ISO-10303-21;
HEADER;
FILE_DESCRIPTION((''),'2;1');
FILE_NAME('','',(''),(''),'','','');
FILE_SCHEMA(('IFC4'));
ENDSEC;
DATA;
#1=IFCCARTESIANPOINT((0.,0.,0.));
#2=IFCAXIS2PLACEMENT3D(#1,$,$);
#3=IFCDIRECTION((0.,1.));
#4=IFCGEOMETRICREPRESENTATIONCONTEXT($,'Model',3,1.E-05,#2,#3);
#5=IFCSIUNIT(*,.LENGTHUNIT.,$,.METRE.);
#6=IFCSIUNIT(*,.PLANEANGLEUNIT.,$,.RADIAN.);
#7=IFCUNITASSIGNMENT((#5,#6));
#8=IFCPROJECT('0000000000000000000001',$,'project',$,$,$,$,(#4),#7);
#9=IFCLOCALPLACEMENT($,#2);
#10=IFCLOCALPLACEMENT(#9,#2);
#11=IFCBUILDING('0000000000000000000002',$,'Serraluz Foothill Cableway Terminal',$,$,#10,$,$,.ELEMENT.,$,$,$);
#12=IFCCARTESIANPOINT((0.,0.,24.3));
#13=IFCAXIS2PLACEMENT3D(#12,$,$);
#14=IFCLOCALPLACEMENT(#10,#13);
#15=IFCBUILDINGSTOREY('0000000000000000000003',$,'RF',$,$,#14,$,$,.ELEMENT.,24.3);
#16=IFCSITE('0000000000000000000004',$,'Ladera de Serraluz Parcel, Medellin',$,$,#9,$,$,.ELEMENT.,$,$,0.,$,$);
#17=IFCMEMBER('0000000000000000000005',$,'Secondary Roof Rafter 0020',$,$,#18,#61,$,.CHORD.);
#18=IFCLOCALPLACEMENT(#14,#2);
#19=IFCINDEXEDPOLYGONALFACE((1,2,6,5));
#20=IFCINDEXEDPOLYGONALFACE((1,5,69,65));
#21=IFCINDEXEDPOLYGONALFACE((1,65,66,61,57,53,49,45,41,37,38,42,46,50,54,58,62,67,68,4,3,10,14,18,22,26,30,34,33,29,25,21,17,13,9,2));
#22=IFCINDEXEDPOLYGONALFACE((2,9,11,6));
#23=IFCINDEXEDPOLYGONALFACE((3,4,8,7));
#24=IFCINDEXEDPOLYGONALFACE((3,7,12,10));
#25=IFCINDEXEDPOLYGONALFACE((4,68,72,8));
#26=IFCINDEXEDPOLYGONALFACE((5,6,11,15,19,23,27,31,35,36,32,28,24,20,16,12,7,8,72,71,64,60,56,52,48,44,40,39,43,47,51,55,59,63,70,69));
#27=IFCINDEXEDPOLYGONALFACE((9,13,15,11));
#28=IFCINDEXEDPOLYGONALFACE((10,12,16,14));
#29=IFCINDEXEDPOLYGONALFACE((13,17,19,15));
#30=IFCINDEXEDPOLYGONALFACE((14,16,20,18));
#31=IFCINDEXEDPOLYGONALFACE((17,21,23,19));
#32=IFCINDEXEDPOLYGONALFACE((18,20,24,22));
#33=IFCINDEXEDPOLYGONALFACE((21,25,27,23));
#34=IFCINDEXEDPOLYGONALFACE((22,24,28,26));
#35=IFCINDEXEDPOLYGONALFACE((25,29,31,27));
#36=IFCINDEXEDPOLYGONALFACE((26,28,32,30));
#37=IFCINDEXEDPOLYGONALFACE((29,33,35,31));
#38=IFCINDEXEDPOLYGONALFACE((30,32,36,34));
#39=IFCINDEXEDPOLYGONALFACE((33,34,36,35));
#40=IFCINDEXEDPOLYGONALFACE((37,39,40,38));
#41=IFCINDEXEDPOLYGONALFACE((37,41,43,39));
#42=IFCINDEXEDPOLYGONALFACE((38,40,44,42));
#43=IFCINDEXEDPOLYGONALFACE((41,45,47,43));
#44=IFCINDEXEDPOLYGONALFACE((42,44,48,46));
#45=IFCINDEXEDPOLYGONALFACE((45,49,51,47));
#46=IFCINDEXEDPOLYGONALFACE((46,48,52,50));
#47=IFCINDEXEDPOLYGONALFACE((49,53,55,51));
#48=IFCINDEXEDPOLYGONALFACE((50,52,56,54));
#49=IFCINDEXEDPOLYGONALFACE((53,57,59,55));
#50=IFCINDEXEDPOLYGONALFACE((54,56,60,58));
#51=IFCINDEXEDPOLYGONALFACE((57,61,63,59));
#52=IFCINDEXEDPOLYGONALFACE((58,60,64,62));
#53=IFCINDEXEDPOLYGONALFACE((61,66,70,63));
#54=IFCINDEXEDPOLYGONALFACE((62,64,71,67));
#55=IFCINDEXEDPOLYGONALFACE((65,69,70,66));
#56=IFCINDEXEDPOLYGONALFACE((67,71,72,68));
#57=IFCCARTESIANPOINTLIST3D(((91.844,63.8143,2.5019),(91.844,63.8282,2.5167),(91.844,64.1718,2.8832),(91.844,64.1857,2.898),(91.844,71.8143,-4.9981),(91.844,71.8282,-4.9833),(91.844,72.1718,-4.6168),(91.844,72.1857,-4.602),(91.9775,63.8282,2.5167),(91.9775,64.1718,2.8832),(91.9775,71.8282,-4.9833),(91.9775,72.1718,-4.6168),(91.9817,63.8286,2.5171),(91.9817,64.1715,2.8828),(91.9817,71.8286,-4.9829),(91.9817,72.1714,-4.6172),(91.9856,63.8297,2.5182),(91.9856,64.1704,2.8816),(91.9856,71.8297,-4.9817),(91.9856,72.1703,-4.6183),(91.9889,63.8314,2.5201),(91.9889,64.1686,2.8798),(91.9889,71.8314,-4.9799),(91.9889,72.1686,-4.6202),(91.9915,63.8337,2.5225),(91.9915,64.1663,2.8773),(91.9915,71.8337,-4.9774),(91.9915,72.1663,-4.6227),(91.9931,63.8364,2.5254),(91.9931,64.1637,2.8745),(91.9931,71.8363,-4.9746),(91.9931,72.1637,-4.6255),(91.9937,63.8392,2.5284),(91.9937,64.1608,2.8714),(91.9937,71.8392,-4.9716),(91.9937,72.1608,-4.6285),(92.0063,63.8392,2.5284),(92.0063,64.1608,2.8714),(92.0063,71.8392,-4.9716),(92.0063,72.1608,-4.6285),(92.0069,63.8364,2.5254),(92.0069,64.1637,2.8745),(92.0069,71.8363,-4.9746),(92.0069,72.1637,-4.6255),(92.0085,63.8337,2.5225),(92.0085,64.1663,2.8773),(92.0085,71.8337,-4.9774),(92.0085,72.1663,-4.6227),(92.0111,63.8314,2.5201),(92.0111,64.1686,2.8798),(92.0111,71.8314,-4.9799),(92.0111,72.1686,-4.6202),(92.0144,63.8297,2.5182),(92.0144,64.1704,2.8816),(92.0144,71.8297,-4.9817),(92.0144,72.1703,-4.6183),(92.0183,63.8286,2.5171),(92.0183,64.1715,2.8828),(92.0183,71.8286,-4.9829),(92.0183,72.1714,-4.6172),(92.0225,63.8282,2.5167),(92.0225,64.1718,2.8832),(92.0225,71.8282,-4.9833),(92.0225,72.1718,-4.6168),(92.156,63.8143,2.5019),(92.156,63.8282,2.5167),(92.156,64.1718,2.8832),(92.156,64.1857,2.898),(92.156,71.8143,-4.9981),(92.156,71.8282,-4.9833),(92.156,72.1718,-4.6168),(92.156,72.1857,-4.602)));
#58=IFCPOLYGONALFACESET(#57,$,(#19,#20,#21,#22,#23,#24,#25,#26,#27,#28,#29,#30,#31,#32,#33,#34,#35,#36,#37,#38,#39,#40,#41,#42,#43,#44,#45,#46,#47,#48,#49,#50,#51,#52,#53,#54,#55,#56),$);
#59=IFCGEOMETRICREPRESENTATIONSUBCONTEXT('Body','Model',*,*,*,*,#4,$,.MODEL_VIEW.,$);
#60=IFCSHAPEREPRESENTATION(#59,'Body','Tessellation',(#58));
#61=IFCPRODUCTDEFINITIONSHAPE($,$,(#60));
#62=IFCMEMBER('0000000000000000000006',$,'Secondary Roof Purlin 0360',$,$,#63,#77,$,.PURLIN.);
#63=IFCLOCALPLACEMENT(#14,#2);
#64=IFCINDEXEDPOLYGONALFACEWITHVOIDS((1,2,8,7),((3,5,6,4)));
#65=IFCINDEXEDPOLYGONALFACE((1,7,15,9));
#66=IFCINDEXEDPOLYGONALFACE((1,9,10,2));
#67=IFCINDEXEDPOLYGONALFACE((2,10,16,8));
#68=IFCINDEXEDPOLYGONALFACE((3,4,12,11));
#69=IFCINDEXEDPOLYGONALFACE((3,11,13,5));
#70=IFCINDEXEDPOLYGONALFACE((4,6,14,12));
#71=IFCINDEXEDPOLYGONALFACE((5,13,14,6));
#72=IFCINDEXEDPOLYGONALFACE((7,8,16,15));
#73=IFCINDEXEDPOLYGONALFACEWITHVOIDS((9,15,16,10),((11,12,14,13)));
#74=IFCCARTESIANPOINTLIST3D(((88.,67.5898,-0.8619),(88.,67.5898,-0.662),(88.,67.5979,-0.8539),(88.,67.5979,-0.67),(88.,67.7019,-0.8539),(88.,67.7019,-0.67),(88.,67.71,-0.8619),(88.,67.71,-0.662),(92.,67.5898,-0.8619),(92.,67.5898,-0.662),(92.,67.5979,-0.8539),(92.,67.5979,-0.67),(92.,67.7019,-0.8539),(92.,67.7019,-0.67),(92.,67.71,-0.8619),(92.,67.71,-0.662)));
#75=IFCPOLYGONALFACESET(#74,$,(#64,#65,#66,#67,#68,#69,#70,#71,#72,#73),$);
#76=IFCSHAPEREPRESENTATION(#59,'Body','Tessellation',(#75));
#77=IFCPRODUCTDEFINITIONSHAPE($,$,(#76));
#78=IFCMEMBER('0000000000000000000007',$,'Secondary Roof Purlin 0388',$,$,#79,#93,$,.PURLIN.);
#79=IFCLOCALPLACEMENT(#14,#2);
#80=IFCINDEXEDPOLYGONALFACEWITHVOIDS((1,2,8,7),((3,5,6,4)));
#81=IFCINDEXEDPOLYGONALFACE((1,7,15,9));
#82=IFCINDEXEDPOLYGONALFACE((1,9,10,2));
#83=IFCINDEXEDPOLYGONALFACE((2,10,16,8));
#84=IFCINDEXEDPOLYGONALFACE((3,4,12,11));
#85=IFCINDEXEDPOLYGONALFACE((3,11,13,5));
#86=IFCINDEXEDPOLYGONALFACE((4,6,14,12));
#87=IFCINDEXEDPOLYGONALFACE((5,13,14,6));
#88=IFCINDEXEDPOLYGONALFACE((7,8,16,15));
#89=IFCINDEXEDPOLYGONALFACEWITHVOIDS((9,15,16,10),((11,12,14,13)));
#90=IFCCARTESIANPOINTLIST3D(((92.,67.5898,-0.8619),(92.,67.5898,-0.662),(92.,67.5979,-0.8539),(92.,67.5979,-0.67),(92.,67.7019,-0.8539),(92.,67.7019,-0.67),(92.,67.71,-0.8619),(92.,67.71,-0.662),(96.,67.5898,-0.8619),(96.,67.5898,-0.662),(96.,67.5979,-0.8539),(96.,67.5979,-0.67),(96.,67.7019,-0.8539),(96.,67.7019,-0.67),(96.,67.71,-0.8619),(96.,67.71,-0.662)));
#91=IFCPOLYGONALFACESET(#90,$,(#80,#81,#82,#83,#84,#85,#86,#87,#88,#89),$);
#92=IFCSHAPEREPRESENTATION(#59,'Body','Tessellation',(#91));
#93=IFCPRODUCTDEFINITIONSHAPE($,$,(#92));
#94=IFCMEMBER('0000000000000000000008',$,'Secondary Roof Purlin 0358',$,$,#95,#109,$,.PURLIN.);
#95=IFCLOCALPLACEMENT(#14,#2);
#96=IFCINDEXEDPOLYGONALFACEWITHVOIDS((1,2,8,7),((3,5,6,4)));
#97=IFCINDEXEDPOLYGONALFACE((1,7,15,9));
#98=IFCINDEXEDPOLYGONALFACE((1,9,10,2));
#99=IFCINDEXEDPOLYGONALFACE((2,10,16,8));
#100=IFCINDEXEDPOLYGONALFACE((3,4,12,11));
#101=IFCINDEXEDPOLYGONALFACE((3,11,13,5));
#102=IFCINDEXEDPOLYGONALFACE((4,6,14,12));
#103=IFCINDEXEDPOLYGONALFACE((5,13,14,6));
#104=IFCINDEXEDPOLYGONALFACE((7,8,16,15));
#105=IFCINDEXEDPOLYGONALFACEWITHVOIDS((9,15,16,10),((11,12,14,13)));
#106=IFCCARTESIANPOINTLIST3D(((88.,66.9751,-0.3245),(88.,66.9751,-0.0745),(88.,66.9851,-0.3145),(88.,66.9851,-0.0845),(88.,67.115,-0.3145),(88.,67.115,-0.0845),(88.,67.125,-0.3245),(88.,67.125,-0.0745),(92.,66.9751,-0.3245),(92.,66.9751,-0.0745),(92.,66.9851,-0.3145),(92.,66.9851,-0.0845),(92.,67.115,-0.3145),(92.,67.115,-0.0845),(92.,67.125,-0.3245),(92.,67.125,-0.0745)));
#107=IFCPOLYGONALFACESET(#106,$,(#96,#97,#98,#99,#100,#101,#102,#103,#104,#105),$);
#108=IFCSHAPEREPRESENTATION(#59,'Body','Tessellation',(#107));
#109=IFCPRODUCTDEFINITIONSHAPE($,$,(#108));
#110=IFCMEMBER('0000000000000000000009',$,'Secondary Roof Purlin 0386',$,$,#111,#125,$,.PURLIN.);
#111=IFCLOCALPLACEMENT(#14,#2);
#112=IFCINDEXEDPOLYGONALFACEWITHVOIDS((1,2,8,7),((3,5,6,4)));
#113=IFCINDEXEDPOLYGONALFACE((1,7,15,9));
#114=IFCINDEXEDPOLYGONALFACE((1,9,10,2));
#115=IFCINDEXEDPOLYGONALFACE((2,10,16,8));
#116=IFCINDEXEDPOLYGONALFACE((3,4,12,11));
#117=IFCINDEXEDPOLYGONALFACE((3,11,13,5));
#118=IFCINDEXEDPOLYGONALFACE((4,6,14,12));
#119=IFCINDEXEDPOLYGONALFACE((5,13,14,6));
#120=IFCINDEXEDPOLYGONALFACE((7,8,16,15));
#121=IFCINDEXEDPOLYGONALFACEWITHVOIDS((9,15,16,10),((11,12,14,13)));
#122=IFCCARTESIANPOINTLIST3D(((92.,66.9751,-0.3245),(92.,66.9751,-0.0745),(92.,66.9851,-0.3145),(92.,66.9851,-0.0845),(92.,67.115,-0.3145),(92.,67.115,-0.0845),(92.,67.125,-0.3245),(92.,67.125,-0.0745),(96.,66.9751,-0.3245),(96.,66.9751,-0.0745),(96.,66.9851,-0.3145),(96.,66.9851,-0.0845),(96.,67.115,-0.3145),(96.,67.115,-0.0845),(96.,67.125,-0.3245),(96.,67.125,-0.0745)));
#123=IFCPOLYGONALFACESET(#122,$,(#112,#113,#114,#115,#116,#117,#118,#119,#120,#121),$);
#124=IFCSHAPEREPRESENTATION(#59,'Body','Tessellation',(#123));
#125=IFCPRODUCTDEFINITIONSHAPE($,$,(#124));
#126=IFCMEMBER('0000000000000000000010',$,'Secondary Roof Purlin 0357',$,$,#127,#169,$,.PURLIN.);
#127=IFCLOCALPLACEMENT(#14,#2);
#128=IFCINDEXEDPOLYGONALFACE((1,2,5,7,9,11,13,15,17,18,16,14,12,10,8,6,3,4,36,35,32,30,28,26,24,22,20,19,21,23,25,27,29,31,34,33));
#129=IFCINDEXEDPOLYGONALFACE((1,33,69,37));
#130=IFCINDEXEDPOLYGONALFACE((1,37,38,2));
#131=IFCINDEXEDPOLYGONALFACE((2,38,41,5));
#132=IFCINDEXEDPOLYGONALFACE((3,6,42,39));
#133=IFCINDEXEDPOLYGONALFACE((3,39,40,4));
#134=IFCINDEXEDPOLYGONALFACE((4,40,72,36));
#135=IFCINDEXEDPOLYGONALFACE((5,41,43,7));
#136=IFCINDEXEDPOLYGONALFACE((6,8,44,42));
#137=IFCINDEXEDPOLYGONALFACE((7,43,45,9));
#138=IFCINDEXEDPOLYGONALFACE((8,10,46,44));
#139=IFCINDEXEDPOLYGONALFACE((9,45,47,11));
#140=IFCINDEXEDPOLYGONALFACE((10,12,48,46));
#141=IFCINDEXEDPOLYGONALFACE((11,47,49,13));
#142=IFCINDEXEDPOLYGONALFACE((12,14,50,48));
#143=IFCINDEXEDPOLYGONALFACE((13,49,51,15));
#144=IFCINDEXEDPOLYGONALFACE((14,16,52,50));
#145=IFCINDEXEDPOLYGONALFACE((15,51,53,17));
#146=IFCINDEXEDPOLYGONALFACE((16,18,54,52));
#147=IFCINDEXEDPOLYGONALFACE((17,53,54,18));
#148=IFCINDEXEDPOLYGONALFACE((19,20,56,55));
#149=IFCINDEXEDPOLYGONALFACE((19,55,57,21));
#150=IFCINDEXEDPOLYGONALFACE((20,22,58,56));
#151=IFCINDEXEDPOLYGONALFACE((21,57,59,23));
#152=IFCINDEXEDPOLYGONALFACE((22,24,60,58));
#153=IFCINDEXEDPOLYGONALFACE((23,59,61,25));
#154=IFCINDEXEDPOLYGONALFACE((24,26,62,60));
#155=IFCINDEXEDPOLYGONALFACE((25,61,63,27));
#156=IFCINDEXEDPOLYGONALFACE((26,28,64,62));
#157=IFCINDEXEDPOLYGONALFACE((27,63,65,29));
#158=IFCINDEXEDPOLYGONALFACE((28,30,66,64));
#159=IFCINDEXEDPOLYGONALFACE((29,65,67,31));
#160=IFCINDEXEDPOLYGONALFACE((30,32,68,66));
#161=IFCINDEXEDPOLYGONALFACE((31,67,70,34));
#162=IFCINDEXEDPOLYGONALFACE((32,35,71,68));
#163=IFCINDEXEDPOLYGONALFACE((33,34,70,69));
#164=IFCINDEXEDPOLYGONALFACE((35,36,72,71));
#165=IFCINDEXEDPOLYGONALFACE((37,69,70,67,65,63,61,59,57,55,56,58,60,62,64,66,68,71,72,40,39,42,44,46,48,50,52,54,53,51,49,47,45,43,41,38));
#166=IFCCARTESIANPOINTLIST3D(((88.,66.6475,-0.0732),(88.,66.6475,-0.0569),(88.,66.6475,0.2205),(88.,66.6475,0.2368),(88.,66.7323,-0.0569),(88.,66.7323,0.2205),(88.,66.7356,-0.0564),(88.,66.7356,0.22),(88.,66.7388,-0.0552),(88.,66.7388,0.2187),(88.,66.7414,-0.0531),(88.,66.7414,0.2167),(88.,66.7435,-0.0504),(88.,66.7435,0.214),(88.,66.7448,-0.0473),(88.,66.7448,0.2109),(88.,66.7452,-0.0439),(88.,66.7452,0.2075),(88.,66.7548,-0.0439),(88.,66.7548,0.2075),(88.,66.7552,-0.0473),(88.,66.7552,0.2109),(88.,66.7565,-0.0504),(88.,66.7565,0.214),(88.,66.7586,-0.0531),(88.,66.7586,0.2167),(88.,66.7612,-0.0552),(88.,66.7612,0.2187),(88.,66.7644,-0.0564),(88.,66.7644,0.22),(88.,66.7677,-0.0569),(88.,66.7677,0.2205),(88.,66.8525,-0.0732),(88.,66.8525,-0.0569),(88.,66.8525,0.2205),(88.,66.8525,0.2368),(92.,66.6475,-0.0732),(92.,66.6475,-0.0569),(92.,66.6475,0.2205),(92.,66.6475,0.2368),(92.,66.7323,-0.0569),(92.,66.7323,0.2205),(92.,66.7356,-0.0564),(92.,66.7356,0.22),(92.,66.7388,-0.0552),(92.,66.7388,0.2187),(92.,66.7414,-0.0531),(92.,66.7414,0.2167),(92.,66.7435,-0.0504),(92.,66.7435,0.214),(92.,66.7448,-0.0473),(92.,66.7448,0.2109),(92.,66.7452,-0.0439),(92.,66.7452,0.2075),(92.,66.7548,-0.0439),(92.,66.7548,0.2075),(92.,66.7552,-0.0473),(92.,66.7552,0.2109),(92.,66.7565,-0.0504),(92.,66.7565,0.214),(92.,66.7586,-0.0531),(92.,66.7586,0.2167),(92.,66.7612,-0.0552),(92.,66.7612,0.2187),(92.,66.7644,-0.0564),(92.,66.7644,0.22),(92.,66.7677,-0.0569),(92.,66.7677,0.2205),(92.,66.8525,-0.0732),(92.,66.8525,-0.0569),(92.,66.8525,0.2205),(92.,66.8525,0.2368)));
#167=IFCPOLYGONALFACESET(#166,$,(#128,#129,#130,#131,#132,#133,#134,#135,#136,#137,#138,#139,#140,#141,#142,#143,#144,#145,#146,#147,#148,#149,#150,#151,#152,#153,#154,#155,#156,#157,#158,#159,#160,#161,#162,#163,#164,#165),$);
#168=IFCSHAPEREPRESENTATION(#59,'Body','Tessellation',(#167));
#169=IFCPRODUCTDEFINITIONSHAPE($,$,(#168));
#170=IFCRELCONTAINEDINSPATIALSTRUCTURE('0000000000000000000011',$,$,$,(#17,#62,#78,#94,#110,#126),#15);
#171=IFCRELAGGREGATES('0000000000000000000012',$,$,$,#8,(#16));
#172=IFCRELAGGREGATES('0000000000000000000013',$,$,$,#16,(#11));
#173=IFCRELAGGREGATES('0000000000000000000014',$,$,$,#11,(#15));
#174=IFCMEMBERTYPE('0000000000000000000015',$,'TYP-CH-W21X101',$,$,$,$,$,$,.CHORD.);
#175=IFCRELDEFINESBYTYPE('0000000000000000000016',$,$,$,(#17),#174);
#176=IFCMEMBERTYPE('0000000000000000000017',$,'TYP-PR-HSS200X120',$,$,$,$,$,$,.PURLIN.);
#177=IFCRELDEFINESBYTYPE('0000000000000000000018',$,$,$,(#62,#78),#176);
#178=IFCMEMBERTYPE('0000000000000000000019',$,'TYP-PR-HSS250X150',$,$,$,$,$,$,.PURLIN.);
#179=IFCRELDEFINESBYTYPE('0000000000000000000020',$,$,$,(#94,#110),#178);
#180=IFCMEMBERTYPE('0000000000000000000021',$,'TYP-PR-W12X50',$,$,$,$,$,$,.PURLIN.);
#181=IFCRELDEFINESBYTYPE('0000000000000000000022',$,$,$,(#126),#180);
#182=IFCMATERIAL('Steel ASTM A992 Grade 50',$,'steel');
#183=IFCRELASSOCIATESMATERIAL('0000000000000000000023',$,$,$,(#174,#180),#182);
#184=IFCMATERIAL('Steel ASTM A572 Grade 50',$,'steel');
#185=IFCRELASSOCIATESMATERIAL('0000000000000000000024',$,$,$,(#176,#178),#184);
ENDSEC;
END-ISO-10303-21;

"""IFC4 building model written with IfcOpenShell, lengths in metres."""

from ifc_helpers import new_model, si_unit, direction, frame, origin, origin_2d, place, context, subcontext, project, spatial, hollow_rectangle, i_section, extrude, material, material_profile, profile_set, type_object, element, save


model = new_model("IFC4")

# Units and contexts
model_context = context("Model", 3, precision=1e-05, world=origin(), true_north=direction((0.0, 1.0)))
body_context = subcontext(model_context, "Body", "Model", "MODEL_VIEW")
ifc_project = project(units=[si_unit("LENGTHUNIT", "METRE"), si_unit("PLANEANGLEUNIT", "RADIAN")], contexts=[model_context])

# Site, building, storey
site_placement = place(None, origin())
site = spatial("IfcSite", under=ifc_project, at=site_placement, Name="Ladera de Serraluz Parcel, Medellin", CompositionType="ELEMENT", RefElevation=0.0)
building_placement = place(site_placement, origin())
building = spatial("IfcBuilding", under=site, at=building_placement, Name="Serraluz Foothill Cableway Terminal", CompositionType="ELEMENT")
storey_placement = place(building_placement, frame((0.0, 0.0, 24.3)))
storey = spatial("IfcBuildingStorey", under=building, at=storey_placement, Name="RF", CompositionType="ELEMENT", Elevation=24.3)

# Members
ifc_material_1 = material(Name="Steel ASTM A572 Grade 50", Category="steel")
ifc_material_2 = material(Name="Steel ASTM A992 Grade 50", Category="steel")
ifc_material_profile_1 = material_profile(ifc_material_2, i_section(OverallWidth=0.312, OverallDepth=0.543, WebThickness=0.0127, FlangeThickness=0.0203, FilletRadius=0.0161, at=origin_2d()), Name="W21X101")
ifc_profile_set_1 = profile_set([ifc_material_profile_1], Name="Steel ASTM A992 Grade 50")
member_type_1 = type_object("IfcMemberType", Name="TYP-CH-W21X101", PredefinedType="CHORD", material=ifc_profile_set_1)
member_1_placement = place(storey_placement, frame((92.0, 72.0, -4.8), z_axis=(0.0, -0.729537, 0.683941), x_axis=(1.0, 0.0, 0.0)))
element("IfcMember", 1, at=member_1_placement, inside=storey, type_object=member_type_1, Name="Secondary Roof Rafter 0020", PredefinedType="CHORD", context=body_context, shape_type="SweptSolid", body=[
    extrude(i_section(OverallWidth=0.312, OverallDepth=0.543, WebThickness=0.0127, FlangeThickness=0.0203, FilletRadius=0.0161, at=origin_2d()), origin(), (0.0, 0.0, 1.0), 10.9658),
])
ifc_material_profile_2 = material_profile(ifc_material_1, hollow_rectangle(XDim=0.1201, YDim=0.2, WallThickness=0.0081, at=origin_2d()), Name="HSS200X120X8")
ifc_profile_set_2 = profile_set([ifc_material_profile_2], Name="Steel ASTM A572 Grade 50")
member_type_2 = type_object("IfcMemberType", Name="TYP-PR-HSS200X120", PredefinedType="PURLIN", material=ifc_profile_set_2)
for number, where, z_axis, x_axis, name in (
    (2, (88.0, 67.6499, -0.762), (1.0, 0.0, 0.0), (0.0, 1.0, 0.0), "Secondary Roof Purlin 0360"),
    (3, (92.0, 67.6499, -0.762), (1.0, 0.0, 0.0), (0.0, 1.0, 0.0), "Secondary Roof Purlin 0388"),
):
    element("IfcMember", number, at=place(storey_placement, frame(where, z_axis=z_axis, x_axis=x_axis)), inside=storey, type_object=member_type_2, Name=name, PredefinedType="PURLIN", context=body_context, shape_type="SweptSolid", body=[
        extrude(hollow_rectangle(XDim=0.1201, YDim=0.2, WallThickness=0.0081, at=origin_2d()), origin(), (0.0, 0.0, 1.0), 4.0),
    ])
ifc_material_profile_3 = material_profile(ifc_material_1, hollow_rectangle(XDim=0.1499, YDim=0.25, WallThickness=0.01, at=origin_2d()), Name="HSS250X150X10")
ifc_profile_set_3 = profile_set([ifc_material_profile_3], Name="Steel ASTM A572 Grade 50")
member_type_3 = type_object("IfcMemberType", Name="TYP-PR-HSS250X150", PredefinedType="PURLIN", material=ifc_profile_set_3)
for number, where, z_axis, x_axis, name in (
    (4, (88.0, 67.05, -0.1995), (1.0, 0.0, 0.0), (0.0, 1.0, 0.0), "Secondary Roof Purlin 0358"),
    (5, (92.0, 67.05, -0.1995), (1.0, 0.0, 0.0), (0.0, 1.0, 0.0), "Secondary Roof Purlin 0386"),
):
    element("IfcMember", number, at=place(storey_placement, frame(where, z_axis=z_axis, x_axis=x_axis)), inside=storey, type_object=member_type_3, Name=name, PredefinedType="PURLIN", context=body_context, shape_type="SweptSolid", body=[
        extrude(hollow_rectangle(XDim=0.1499, YDim=0.25, WallThickness=0.01, at=origin_2d()), origin(), (0.0, 0.0, 1.0), 4.0),
    ])
ifc_material_profile_4 = material_profile(ifc_material_2, i_section(OverallWidth=0.2051, OverallDepth=0.3101, WebThickness=0.0095, FlangeThickness=0.0164, FilletRadius=0.0129, at=origin_2d()), Name="W12X50")
ifc_profile_set_4 = profile_set([ifc_material_profile_4], Name="Steel ASTM A992 Grade 50")
member_type_4 = type_object("IfcMemberType", Name="TYP-PR-W12X50", PredefinedType="PURLIN", material=ifc_profile_set_4)
for number, where, z_axis, x_axis, name in (
    (6, (88.0, 66.75, 0.0818), (1.0, 0.0, 0.0), (0.0, 1.0, 0.0), "Secondary Roof Purlin 0357"),
):
    element("IfcMember", number, at=place(storey_placement, frame(where, z_axis=z_axis, x_axis=x_axis)), inside=storey, type_object=member_type_4, Name=name, PredefinedType="PURLIN", context=body_context, shape_type="SweptSolid", body=[
        extrude(i_section(OverallWidth=0.2051, OverallDepth=0.3101, WebThickness=0.0095, FlangeThickness=0.0164, FilletRadius=0.0129, at=origin_2d()), origin(), (0.0, 0.0, 1.0), 4.0),
    ])

save(model, "model.ifc")
